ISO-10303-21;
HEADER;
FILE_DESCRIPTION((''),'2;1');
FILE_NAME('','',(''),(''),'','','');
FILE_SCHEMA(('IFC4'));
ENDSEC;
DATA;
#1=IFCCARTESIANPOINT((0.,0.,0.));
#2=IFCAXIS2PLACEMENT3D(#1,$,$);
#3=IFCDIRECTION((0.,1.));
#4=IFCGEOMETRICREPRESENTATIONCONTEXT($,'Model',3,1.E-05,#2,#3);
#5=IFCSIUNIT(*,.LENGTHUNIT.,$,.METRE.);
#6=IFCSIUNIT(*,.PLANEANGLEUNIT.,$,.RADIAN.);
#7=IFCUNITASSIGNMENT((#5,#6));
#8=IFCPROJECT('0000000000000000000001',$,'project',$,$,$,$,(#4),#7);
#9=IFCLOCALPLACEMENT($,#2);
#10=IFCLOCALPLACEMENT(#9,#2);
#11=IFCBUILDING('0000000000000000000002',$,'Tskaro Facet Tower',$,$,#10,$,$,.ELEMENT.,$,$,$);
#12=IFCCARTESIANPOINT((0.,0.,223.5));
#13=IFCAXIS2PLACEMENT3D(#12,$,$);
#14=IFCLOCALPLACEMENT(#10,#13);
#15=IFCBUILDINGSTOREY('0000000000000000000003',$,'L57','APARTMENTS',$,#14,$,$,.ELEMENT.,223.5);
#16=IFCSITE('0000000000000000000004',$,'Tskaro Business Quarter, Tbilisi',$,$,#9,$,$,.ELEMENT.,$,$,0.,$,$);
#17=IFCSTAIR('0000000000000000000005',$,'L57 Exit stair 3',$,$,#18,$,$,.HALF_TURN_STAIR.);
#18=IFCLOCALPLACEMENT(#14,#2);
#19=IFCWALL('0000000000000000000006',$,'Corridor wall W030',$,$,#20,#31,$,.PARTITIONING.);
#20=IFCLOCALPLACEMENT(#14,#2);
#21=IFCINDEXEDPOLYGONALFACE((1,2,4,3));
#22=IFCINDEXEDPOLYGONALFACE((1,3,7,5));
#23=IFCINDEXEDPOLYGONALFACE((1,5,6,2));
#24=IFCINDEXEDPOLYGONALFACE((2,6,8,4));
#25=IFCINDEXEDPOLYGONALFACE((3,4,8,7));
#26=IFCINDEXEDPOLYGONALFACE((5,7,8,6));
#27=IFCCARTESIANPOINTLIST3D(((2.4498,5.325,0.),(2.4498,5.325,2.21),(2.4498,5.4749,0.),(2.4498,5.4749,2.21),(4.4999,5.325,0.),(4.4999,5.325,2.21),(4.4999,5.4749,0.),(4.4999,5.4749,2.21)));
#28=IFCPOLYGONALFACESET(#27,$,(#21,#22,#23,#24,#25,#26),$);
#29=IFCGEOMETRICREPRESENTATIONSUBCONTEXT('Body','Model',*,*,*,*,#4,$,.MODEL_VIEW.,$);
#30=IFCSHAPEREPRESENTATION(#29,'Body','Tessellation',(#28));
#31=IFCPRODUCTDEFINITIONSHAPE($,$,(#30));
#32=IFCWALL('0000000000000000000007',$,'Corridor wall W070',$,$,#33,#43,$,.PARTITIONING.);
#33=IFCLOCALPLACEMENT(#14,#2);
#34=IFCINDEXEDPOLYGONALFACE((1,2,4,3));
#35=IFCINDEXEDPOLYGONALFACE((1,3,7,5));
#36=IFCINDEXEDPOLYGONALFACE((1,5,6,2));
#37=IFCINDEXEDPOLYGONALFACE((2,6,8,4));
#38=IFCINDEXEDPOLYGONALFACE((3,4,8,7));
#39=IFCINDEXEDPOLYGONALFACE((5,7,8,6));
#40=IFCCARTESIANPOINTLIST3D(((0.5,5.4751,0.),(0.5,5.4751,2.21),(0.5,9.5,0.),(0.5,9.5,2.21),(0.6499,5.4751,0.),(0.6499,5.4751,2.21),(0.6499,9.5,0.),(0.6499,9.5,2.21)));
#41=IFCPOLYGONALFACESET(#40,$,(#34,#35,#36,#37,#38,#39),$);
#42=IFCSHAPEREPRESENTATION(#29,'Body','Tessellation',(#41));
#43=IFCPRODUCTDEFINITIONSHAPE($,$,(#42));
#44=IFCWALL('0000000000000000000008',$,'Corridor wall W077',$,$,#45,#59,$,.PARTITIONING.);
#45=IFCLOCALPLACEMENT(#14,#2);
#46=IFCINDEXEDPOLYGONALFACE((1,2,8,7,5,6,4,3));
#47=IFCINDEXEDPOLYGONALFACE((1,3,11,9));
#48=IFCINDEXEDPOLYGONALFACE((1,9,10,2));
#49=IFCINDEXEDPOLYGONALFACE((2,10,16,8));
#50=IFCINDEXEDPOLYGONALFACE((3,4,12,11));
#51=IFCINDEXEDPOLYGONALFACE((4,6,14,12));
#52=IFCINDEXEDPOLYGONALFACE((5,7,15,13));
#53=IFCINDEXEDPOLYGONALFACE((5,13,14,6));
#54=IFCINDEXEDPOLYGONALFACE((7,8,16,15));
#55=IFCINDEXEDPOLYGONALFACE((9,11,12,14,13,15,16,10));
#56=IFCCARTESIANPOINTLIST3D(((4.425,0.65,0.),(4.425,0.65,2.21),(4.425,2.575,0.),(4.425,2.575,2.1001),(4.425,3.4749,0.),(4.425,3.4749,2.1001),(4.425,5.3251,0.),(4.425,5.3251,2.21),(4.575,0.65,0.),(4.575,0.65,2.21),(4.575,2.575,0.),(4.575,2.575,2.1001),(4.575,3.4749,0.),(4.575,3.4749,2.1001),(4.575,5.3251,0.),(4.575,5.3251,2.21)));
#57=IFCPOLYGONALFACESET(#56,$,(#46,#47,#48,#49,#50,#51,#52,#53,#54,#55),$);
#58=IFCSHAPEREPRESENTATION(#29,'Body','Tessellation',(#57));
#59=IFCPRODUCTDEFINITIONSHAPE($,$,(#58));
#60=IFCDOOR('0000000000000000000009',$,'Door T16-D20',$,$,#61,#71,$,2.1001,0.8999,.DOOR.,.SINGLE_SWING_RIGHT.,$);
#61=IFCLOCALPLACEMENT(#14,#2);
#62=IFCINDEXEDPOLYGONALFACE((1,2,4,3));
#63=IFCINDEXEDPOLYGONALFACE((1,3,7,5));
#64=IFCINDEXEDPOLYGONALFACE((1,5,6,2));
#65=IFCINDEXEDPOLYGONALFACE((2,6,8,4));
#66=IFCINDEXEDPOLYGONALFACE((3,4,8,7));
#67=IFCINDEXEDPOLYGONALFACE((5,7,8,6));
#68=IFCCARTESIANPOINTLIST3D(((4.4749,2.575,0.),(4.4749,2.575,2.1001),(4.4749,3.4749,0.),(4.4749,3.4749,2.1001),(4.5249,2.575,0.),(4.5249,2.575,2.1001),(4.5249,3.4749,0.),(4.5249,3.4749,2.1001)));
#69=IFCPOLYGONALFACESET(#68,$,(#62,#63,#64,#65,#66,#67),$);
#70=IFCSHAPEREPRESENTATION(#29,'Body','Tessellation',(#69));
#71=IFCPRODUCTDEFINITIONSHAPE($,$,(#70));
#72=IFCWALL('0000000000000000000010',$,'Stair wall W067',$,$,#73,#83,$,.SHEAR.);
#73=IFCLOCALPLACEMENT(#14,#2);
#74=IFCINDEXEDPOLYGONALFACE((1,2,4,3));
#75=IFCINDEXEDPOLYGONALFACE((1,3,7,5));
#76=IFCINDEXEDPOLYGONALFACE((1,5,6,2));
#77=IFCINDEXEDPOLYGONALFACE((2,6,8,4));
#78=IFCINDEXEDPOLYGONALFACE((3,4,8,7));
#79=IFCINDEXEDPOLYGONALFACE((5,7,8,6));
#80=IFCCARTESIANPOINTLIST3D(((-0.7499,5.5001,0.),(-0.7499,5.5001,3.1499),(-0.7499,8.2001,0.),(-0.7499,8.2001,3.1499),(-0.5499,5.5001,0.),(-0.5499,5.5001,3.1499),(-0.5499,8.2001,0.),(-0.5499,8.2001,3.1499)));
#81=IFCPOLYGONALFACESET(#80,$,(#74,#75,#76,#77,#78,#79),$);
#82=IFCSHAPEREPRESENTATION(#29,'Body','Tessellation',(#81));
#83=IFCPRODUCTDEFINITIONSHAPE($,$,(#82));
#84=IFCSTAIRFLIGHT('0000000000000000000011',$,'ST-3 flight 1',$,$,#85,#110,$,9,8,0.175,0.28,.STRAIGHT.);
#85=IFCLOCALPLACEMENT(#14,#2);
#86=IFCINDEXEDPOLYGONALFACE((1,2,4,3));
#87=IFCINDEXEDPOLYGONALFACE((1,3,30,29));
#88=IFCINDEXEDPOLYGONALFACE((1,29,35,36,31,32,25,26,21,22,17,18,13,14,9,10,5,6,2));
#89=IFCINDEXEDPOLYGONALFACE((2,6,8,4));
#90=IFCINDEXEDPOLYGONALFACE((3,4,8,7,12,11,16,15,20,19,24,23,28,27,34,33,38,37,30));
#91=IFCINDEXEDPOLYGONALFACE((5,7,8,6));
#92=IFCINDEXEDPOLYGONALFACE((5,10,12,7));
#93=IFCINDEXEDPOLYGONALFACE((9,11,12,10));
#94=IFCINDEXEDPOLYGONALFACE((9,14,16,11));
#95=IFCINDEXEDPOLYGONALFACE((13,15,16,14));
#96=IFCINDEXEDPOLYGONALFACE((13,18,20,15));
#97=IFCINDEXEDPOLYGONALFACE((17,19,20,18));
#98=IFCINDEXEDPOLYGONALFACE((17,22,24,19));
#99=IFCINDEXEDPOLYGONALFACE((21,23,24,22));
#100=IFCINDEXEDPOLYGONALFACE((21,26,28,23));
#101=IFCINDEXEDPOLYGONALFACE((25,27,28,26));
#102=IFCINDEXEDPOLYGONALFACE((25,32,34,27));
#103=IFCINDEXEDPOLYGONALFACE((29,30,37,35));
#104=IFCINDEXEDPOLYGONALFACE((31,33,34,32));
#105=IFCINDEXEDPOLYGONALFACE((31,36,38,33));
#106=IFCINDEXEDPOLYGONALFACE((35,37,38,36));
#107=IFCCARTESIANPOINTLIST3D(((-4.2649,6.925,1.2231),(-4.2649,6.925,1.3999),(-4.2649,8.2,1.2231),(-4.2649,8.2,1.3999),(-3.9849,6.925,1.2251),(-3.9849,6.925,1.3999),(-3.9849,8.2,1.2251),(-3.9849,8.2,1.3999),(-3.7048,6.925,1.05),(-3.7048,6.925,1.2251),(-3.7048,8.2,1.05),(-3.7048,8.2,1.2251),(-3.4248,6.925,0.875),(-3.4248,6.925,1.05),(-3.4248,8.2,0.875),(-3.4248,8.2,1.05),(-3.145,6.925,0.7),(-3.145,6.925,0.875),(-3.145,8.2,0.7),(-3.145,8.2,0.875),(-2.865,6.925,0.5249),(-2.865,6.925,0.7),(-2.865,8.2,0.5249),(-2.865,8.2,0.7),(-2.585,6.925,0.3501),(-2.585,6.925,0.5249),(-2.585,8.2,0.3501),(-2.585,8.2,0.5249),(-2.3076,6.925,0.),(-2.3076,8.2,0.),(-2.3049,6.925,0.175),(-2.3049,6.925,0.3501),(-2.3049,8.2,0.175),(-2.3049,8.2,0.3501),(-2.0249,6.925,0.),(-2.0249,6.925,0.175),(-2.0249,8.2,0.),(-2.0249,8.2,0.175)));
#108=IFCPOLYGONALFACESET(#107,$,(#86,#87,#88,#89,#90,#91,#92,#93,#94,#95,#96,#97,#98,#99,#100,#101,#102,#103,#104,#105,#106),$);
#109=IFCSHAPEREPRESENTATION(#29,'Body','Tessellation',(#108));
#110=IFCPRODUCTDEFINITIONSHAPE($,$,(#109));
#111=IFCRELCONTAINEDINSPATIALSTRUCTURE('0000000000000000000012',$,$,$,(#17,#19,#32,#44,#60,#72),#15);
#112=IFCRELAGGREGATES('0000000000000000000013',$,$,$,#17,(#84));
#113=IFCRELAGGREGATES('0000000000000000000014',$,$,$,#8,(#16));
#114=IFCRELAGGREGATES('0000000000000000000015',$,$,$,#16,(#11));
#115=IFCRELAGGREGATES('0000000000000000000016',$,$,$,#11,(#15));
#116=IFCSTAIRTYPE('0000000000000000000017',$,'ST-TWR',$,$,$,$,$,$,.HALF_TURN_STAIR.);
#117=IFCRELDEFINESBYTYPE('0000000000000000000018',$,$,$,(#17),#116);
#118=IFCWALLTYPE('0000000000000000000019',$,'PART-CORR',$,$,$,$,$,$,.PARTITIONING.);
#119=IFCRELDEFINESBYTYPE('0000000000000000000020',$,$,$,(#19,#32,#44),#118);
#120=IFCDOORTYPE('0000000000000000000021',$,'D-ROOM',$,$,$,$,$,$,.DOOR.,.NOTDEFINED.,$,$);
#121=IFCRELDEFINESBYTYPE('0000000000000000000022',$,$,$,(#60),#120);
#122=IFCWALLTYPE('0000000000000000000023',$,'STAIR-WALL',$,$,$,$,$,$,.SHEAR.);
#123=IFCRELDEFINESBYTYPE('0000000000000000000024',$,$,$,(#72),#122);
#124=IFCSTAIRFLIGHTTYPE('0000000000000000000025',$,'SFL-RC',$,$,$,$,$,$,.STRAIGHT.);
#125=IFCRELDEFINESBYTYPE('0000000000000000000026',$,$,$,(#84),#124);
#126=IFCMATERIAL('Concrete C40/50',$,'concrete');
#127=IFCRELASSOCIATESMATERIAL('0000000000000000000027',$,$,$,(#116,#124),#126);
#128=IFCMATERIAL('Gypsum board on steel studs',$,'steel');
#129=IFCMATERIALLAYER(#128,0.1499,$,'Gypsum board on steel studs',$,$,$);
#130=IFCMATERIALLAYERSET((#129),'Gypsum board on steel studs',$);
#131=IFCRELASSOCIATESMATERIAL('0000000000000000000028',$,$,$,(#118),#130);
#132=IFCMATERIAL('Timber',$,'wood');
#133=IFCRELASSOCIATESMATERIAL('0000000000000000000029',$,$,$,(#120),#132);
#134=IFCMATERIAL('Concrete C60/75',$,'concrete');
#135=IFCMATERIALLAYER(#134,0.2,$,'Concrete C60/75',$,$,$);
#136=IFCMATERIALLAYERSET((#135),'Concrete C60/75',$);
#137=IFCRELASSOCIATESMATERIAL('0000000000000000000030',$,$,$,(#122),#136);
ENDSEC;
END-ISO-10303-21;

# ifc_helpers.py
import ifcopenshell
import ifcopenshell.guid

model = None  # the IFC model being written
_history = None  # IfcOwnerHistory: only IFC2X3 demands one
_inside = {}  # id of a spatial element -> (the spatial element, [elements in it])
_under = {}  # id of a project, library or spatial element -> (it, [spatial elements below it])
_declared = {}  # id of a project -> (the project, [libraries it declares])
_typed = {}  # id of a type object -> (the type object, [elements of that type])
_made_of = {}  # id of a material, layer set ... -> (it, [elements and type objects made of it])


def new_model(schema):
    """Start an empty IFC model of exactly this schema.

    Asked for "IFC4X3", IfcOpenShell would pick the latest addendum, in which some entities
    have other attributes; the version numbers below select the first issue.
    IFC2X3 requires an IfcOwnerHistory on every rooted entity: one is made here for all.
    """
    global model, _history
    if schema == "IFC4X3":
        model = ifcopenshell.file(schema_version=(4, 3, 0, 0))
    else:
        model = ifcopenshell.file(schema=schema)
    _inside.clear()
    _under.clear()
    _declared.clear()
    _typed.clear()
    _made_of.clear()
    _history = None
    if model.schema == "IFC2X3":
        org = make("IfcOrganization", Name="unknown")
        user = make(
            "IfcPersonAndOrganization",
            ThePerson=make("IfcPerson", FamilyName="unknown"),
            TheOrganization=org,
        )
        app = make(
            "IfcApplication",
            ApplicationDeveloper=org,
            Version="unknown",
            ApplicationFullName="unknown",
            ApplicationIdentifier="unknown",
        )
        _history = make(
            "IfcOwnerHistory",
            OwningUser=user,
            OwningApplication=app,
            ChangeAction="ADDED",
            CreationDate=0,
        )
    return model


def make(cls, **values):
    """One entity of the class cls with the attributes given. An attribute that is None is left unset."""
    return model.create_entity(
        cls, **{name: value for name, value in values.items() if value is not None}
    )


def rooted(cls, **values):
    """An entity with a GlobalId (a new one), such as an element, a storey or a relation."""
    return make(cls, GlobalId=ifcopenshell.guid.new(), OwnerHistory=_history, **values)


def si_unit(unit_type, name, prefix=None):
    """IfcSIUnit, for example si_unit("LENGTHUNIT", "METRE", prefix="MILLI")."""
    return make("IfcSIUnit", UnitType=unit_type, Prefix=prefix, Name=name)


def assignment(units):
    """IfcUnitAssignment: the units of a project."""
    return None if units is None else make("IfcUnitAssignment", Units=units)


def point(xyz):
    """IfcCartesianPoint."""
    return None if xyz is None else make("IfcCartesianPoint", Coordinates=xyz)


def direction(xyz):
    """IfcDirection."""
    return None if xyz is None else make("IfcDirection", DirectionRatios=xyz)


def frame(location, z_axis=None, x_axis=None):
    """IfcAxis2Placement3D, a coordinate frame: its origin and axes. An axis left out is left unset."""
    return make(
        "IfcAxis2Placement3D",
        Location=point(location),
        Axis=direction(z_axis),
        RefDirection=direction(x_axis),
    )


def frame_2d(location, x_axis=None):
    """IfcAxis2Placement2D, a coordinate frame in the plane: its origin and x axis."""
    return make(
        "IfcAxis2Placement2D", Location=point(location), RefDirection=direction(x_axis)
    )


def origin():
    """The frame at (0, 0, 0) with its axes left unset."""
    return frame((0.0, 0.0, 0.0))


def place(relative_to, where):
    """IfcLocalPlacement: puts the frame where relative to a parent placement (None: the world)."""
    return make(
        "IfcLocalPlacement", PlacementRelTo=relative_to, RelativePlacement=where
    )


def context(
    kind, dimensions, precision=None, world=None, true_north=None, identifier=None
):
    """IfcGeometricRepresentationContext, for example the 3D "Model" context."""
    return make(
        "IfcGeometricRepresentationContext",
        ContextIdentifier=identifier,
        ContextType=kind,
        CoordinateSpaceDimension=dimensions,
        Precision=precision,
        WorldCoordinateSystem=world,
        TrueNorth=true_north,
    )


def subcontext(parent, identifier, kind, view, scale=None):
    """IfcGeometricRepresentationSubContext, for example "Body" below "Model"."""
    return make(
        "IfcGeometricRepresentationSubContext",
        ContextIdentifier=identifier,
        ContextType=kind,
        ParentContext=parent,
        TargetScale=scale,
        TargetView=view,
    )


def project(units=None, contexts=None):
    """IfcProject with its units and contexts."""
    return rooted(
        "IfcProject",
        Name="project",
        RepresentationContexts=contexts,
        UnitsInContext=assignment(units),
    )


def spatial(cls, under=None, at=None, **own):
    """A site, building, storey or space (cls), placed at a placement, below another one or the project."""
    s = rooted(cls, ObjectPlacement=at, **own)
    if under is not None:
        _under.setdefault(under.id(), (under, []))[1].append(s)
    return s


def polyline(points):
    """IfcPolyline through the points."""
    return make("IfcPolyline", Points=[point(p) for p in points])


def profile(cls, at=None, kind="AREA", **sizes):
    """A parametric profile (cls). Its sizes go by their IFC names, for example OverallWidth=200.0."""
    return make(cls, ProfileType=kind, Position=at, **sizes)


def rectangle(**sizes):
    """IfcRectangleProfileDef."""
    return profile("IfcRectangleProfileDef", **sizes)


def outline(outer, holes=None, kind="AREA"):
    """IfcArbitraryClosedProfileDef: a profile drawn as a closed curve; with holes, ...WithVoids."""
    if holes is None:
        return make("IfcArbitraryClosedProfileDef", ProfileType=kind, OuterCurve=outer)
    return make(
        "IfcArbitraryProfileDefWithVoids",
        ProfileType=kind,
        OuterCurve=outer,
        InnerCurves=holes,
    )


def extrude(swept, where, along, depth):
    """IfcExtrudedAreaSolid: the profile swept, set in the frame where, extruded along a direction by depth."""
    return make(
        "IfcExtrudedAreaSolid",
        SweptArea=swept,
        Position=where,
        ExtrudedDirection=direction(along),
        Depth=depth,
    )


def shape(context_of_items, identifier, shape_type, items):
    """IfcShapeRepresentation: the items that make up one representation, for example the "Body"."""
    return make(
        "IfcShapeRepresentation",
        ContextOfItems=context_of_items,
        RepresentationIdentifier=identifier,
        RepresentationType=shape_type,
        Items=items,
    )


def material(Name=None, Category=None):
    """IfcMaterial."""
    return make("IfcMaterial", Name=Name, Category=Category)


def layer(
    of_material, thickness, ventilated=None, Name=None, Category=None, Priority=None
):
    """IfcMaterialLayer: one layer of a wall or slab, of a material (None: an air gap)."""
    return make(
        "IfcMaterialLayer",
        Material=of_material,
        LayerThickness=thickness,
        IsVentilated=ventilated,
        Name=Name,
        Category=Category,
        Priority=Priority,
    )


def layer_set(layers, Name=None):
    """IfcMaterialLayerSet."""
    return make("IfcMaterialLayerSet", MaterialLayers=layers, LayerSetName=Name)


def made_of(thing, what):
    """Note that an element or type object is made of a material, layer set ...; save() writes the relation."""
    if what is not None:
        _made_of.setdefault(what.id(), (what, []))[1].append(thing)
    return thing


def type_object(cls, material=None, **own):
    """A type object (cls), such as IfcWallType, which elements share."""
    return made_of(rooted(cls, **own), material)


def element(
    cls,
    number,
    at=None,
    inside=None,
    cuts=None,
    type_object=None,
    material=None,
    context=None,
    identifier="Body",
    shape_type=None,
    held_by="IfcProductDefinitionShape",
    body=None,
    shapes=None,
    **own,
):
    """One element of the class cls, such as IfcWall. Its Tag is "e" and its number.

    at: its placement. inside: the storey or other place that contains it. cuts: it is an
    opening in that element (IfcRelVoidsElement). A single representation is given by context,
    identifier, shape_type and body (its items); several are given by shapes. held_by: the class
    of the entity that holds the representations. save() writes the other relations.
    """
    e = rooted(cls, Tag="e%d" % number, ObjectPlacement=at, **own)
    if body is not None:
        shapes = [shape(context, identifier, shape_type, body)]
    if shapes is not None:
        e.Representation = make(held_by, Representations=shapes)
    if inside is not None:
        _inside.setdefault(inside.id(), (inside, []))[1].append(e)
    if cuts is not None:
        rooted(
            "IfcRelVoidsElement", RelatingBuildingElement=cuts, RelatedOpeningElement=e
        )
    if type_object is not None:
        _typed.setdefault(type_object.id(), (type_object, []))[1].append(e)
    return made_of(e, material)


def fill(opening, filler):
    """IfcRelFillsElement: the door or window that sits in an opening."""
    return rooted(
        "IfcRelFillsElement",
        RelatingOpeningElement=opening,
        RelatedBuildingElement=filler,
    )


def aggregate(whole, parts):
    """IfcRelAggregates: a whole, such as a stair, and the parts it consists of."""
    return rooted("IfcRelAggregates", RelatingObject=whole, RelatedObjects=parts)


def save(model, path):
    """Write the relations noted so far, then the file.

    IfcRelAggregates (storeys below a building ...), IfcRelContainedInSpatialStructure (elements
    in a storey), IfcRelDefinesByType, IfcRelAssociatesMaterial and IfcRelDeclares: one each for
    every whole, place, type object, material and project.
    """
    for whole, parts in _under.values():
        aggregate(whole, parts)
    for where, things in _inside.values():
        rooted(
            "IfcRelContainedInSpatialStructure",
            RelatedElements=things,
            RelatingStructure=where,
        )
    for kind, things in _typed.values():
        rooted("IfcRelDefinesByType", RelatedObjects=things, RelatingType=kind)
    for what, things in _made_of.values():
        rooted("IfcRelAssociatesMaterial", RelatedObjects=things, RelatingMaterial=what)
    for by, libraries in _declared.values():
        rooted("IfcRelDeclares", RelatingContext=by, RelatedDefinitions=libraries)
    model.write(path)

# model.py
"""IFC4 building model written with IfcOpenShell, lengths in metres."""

from ifc_helpers import new_model, si_unit, direction, frame, frame_2d, origin, place, context, subcontext, project, spatial, polyline, rectangle, outline, extrude, material, layer, layer_set, type_object, element, fill, aggregate, save


model = new_model("IFC4")

# Units and contexts
model_context = context("Model", 3, precision=1e-05, world=origin(), true_north=direction((0.0, 1.0)))
body_context = subcontext(model_context, "Body", "Model", "MODEL_VIEW")
ifc_project = project(units=[si_unit("LENGTHUNIT", "METRE"), si_unit("PLANEANGLEUNIT", "RADIAN")], contexts=[model_context])

# Site, building, storey
site_placement = place(None, origin())
site = spatial("IfcSite", under=ifc_project, at=site_placement, Name="Tskaro Business Quarter, Tbilisi", CompositionType="ELEMENT", RefElevation=0.0)
building_placement = place(site_placement, origin())
building = spatial("IfcBuilding", under=site, at=building_placement, Name="Tskaro Facet Tower", CompositionType="ELEMENT")
storey_placement = place(building_placement, frame((0.0, 0.0, 223.5)))
storey = spatial("IfcBuildingStorey", under=building, at=storey_placement, Name="L57", Description="APARTMENTS", CompositionType="ELEMENT", Elevation=223.5)

# Stair
ifc_material_1 = material(Name="Concrete C40/50", Category="concrete")
stair_type = type_object("IfcStairType", Name="ST-TWR", PredefinedType="HALF_TURN_STAIR", material=ifc_material_1)
stair_1_placement = place(storey_placement, origin())
stair_1 = element("IfcStair", 1, at=stair_1_placement, inside=storey, type_object=stair_type, Name="L57 Exit stair 3", PredefinedType="HALF_TURN_STAIR")

# Shared definitions
ifc_material_2 = material(Name="Concrete C60/75", Category="concrete")

# Walls
ifc_material_3 = material(Name="Gypsum board on steel studs", Category="steel")
ifc_layer_1 = layer(ifc_material_3, 0.1499, Name="Gypsum board on steel studs")
ifc_layer_set_1 = layer_set([ifc_layer_1], Name="Gypsum board on steel studs")
wall_type_1 = type_object("IfcWallType", Name="PART-CORR", PredefinedType="PARTITIONING", material=ifc_layer_set_1)
wall_1_placement = place(storey_placement, frame((2.45, 5.3999, 0.0), z_axis=(0.0, 0.0, 1.0), x_axis=(1.0, 0.0, 0.0)))
element("IfcWall", 2, at=wall_1_placement, inside=storey, type_object=wall_type_1, Name="Corridor wall W030", PredefinedType="PARTITIONING", context=body_context, shape_type="SweptSolid", body=[
    extrude(rectangle(XDim=2.05, YDim=0.1499, at=frame_2d((1.0249, 0.0))), origin(), (0.0, 0.0, 1.0), 2.21),
])
wall_2_placement = place(storey_placement, frame((0.575, 5.4751, 0.0), z_axis=(0.0, 0.0, 1.0), x_axis=(0.0, 1.0, 0.0)))
element("IfcWall", 3, at=wall_2_placement, inside=storey, type_object=wall_type_1, Name="Corridor wall W070", PredefinedType="PARTITIONING", context=body_context, shape_type="SweptSolid", body=[
    extrude(rectangle(XDim=4.0249, YDim=0.1499, at=frame_2d((2.0125, 0.0))), origin(), (0.0, 0.0, 1.0), 2.21),
])

# Wall, opening, door
wall_3_placement = place(storey_placement, frame((4.5, 5.325, 0.0), z_axis=(0.0, 0.0, 1.0), x_axis=(0.0, -1.0, 0.0)))
wall_3 = element("IfcWall", 4, at=wall_3_placement, inside=storey, type_object=wall_type_1, Name="Corridor wall W077", PredefinedType="PARTITIONING", context=body_context, shape_type="SweptSolid", body=[
    extrude(rectangle(XDim=4.675, YDim=0.1499, at=frame_2d((2.3374, 0.0))), origin(), (0.0, 0.0, 1.0), 2.21),
])
opening_placement = place(wall_3_placement, frame((1.8501, 0.0, 0.0)))
opening = element("IfcOpeningElement", 5, at=opening_placement, cuts=wall_3, PredefinedType="OPENING", context=body_context, shape_type="SweptSolid", body=[
    extrude(rectangle(XDim=0.8999, YDim=2.1001, at=frame_2d((0.45, 1.05))), frame((0.0, 0.085, 0.0), z_axis=(0.0, -1.0, 0.0), x_axis=(1.0, 0.0, 0.0)), (0.0, 0.0, 1.0), 0.1699),
])
ifc_material_4 = material(Name="Timber", Category="wood")
door_type = type_object("IfcDoorType", Name="D-ROOM", OperationType="NOTDEFINED", PredefinedType="DOOR", material=ifc_material_4)
door_placement = place(opening_placement, origin())
door = element("IfcDoor", 6, at=door_placement, inside=storey, type_object=door_type, Name="Door T16-D20", OperationType="SINGLE_SWING_RIGHT", OverallHeight=2.1001, OverallWidth=0.8999, PredefinedType="DOOR", context=body_context, shape_type="SweptSolid", body=[
    extrude(rectangle(XDim=0.8999, YDim=2.1001, at=frame_2d((0.45, 1.05))), frame((0.0, 0.0249, 0.0), z_axis=(0.0, -1.0, 0.0), x_axis=(1.0, 0.0, 0.0)), (0.0, 0.0, 1.0), 0.05),
])
fill(opening, door)

# Wall
ifc_layer_2 = layer(ifc_material_2, 0.2, Name="Concrete C60/75")
ifc_layer_set_2 = layer_set([ifc_layer_2], Name="Concrete C60/75")
wall_type_2 = type_object("IfcWallType", Name="STAIR-WALL", PredefinedType="SHEAR", material=ifc_layer_set_2)
wall_4_placement = place(storey_placement, frame((-0.6499, 5.5, 0.0), z_axis=(0.0, 0.0, 1.0), x_axis=(0.0, 1.0, 0.0)))
element("IfcWall", 7, at=wall_4_placement, inside=storey, type_object=wall_type_2, Name="Stair wall W067", PredefinedType="SHEAR", context=body_context, shape_type="SweptSolid", body=[
    extrude(rectangle(XDim=2.7, YDim=0.2, at=frame_2d((1.3501, 0.0))), origin(), (0.0, 0.0, 1.0), 3.1499),
])

# Stair flight
stair_flight_type = type_object("IfcStairFlightType", Name="SFL-RC", PredefinedType="STRAIGHT", material=ifc_material_1)
stair_flight_placement = place(storey_placement, frame((-2.0249, 7.5625, 0.0), z_axis=(0.0, 0.0, 1.0), x_axis=(-1.0, 0.0, 0.0)))
stair_flight = element("IfcStairFlight", 8, at=stair_flight_placement, type_object=stair_flight_type, Name="ST-3 flight 1", NumberOfRisers=9, NumberOfTreads=8, PredefinedType="STRAIGHT", RiserHeight=0.175, TreadLength=0.28, context=body_context, shape_type="SweptSolid", body=[
    extrude(outline(polyline([(0.0, 0.0), (0.0, 0.175), (0.28, 0.175), (0.28, 0.3501), (0.5601, 0.3501), (0.5601, 0.5249), (0.8401, 0.5249), (0.8401, 0.7), (1.1201, 0.7), (1.1201, 0.875), (1.3999, 0.875), (1.3999, 1.05), (1.6799, 1.05), (1.6799, 1.2251), (1.96, 1.2251), (1.96, 1.3999), (2.24, 1.3999), (2.24, 1.575), (2.24, 1.2231), (0.2827, 0.0), (0.0, 0.0)])), frame((0.0, 0.6375, 0.0), z_axis=(0.0, -1.0, 0.0), x_axis=(1.0, 0.0, 0.0)), (0.0, 0.0, 1.0), 1.2749),
])
aggregate(stair_1, [stair_flight])

save(model, "model.ifc")
